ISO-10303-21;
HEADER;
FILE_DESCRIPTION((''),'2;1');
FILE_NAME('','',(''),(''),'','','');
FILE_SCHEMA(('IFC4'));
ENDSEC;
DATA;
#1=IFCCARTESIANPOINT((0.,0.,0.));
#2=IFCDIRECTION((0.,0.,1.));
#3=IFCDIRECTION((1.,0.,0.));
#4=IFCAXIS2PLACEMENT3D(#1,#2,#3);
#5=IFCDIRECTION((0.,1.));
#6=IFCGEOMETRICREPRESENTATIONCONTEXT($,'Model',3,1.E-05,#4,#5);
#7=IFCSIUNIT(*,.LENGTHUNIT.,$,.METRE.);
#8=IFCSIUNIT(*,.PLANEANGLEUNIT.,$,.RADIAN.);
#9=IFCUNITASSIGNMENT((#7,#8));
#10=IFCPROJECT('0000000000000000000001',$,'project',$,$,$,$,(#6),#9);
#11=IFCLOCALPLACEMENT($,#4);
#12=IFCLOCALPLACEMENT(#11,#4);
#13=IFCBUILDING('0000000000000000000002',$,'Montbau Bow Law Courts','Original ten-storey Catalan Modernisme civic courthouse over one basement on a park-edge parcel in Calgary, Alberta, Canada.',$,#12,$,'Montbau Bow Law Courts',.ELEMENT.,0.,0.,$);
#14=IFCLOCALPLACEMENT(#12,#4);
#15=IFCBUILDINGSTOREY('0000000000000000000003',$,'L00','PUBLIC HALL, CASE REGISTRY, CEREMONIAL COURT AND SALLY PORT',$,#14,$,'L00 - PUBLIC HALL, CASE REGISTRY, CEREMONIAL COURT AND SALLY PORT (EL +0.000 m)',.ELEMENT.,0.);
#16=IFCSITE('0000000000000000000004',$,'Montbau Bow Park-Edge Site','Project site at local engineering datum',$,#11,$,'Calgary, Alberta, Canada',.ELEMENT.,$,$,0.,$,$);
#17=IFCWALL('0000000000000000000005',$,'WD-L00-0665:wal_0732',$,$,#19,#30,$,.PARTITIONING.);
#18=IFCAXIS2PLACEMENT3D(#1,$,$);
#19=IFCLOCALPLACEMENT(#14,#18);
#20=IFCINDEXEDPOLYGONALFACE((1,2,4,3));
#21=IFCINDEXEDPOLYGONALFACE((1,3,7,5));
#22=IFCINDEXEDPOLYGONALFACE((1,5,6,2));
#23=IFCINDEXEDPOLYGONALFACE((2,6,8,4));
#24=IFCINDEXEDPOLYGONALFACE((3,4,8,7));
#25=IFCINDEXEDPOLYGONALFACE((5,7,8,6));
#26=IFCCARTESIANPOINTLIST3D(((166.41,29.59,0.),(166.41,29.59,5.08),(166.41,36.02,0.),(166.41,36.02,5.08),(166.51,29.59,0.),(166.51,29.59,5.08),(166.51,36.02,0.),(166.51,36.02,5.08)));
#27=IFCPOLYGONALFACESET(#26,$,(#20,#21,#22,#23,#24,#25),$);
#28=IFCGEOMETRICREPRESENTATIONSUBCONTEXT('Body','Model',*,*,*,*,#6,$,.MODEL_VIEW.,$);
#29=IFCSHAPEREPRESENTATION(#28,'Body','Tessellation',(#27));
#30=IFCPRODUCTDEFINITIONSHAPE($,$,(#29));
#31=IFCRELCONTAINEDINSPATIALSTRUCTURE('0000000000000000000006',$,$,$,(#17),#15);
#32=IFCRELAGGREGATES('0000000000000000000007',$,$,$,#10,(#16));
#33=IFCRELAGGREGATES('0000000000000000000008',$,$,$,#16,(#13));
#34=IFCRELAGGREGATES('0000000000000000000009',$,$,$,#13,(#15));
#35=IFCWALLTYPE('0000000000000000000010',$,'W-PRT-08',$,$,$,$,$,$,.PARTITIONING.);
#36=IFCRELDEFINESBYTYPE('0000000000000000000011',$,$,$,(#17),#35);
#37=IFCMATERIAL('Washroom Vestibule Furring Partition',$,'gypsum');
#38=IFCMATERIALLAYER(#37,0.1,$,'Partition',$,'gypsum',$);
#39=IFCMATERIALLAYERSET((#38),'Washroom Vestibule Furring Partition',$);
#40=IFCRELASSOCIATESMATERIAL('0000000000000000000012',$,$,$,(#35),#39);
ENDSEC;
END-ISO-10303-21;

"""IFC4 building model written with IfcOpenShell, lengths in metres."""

from ifc_helpers import new_model, si_unit, direction, frame, frame_2d, origin_with_axes, place, context, subcontext, project, spatial, rectangle, extrude, material, layer, layer_set, type_object, element, save


model = new_model("IFC4")

# Units and contexts
model_context = context("Model", 3, precision=1e-05, world=origin_with_axes(), true_north=direction((0.0, 1.0)))
body_context = subcontext(model_context, "Body", "Model", "MODEL_VIEW")
ifc_project = project(units=[si_unit("LENGTHUNIT", "METRE"), si_unit("PLANEANGLEUNIT", "RADIAN")], contexts=[model_context])

# Site, building, storey
site_placement = place(None, origin_with_axes())
site = spatial("IfcSite", under=ifc_project, at=site_placement, Name="Montbau Bow Park-Edge Site", Description="Project site at local engineering datum", LongName="Calgary, Alberta, Canada", CompositionType="ELEMENT", RefElevation=0.0)
building_placement = place(site_placement, origin_with_axes())
building = spatial("IfcBuilding", under=site, at=building_placement, Name="Montbau Bow Law Courts", Description="Original ten-storey Catalan Modernisme civic courthouse over one basement on a park-edge parcel in Calgary, Alberta, Canada.", LongName="Montbau Bow Law Courts", CompositionType="ELEMENT", ElevationOfRefHeight=0.0, ElevationOfTerrain=0.0)
storey_placement = place(building_placement, origin_with_axes())
storey = spatial("IfcBuildingStorey", under=building, at=storey_placement, Name="L00", Description="PUBLIC HALL, CASE REGISTRY, CEREMONIAL COURT AND SALLY PORT", LongName="L00 - PUBLIC HALL, CASE REGISTRY, CEREMONIAL COURT AND SALLY PORT (EL +0.000 m)", CompositionType="ELEMENT", Elevation=0.0)

# Wall
ifc_material_1 = material(Name="Washroom Vestibule Furring Partition", Category="gypsum")
ifc_layer_1 = layer(ifc_material_1, 0.1, Name="Partition", Category="gypsum")
ifc_layer_set_1 = layer_set([ifc_layer_1], Name="Washroom Vestibule Furring Partition")
wall_type_1 = type_object("IfcWallType", Name="W-PRT-08", PredefinedType="PARTITIONING", material=ifc_layer_set_1)
wall_1_placement = place(None, frame((166.46, 29.59, 0.0), z_axis=(0.0, 0.0, 1.0), x_axis=(0.0, 1.0, 0.0)))
element("IfcWall", 1, at=wall_1_placement, inside=storey, type_object=wall_type_1, Name="WD-L00-0665:wal_0732", PredefinedType="PARTITIONING", context=body_context, shape_type="SweptSolid", body=[
    extrude(rectangle(XDim=6.43, YDim=0.1, at=frame_2d((3.215, 0.0), x_axis=(1.0, 0.0))), origin_with_axes(), (0.0, 0.0, 1.0), 5.08),
])

save(model, "model.ifc")
